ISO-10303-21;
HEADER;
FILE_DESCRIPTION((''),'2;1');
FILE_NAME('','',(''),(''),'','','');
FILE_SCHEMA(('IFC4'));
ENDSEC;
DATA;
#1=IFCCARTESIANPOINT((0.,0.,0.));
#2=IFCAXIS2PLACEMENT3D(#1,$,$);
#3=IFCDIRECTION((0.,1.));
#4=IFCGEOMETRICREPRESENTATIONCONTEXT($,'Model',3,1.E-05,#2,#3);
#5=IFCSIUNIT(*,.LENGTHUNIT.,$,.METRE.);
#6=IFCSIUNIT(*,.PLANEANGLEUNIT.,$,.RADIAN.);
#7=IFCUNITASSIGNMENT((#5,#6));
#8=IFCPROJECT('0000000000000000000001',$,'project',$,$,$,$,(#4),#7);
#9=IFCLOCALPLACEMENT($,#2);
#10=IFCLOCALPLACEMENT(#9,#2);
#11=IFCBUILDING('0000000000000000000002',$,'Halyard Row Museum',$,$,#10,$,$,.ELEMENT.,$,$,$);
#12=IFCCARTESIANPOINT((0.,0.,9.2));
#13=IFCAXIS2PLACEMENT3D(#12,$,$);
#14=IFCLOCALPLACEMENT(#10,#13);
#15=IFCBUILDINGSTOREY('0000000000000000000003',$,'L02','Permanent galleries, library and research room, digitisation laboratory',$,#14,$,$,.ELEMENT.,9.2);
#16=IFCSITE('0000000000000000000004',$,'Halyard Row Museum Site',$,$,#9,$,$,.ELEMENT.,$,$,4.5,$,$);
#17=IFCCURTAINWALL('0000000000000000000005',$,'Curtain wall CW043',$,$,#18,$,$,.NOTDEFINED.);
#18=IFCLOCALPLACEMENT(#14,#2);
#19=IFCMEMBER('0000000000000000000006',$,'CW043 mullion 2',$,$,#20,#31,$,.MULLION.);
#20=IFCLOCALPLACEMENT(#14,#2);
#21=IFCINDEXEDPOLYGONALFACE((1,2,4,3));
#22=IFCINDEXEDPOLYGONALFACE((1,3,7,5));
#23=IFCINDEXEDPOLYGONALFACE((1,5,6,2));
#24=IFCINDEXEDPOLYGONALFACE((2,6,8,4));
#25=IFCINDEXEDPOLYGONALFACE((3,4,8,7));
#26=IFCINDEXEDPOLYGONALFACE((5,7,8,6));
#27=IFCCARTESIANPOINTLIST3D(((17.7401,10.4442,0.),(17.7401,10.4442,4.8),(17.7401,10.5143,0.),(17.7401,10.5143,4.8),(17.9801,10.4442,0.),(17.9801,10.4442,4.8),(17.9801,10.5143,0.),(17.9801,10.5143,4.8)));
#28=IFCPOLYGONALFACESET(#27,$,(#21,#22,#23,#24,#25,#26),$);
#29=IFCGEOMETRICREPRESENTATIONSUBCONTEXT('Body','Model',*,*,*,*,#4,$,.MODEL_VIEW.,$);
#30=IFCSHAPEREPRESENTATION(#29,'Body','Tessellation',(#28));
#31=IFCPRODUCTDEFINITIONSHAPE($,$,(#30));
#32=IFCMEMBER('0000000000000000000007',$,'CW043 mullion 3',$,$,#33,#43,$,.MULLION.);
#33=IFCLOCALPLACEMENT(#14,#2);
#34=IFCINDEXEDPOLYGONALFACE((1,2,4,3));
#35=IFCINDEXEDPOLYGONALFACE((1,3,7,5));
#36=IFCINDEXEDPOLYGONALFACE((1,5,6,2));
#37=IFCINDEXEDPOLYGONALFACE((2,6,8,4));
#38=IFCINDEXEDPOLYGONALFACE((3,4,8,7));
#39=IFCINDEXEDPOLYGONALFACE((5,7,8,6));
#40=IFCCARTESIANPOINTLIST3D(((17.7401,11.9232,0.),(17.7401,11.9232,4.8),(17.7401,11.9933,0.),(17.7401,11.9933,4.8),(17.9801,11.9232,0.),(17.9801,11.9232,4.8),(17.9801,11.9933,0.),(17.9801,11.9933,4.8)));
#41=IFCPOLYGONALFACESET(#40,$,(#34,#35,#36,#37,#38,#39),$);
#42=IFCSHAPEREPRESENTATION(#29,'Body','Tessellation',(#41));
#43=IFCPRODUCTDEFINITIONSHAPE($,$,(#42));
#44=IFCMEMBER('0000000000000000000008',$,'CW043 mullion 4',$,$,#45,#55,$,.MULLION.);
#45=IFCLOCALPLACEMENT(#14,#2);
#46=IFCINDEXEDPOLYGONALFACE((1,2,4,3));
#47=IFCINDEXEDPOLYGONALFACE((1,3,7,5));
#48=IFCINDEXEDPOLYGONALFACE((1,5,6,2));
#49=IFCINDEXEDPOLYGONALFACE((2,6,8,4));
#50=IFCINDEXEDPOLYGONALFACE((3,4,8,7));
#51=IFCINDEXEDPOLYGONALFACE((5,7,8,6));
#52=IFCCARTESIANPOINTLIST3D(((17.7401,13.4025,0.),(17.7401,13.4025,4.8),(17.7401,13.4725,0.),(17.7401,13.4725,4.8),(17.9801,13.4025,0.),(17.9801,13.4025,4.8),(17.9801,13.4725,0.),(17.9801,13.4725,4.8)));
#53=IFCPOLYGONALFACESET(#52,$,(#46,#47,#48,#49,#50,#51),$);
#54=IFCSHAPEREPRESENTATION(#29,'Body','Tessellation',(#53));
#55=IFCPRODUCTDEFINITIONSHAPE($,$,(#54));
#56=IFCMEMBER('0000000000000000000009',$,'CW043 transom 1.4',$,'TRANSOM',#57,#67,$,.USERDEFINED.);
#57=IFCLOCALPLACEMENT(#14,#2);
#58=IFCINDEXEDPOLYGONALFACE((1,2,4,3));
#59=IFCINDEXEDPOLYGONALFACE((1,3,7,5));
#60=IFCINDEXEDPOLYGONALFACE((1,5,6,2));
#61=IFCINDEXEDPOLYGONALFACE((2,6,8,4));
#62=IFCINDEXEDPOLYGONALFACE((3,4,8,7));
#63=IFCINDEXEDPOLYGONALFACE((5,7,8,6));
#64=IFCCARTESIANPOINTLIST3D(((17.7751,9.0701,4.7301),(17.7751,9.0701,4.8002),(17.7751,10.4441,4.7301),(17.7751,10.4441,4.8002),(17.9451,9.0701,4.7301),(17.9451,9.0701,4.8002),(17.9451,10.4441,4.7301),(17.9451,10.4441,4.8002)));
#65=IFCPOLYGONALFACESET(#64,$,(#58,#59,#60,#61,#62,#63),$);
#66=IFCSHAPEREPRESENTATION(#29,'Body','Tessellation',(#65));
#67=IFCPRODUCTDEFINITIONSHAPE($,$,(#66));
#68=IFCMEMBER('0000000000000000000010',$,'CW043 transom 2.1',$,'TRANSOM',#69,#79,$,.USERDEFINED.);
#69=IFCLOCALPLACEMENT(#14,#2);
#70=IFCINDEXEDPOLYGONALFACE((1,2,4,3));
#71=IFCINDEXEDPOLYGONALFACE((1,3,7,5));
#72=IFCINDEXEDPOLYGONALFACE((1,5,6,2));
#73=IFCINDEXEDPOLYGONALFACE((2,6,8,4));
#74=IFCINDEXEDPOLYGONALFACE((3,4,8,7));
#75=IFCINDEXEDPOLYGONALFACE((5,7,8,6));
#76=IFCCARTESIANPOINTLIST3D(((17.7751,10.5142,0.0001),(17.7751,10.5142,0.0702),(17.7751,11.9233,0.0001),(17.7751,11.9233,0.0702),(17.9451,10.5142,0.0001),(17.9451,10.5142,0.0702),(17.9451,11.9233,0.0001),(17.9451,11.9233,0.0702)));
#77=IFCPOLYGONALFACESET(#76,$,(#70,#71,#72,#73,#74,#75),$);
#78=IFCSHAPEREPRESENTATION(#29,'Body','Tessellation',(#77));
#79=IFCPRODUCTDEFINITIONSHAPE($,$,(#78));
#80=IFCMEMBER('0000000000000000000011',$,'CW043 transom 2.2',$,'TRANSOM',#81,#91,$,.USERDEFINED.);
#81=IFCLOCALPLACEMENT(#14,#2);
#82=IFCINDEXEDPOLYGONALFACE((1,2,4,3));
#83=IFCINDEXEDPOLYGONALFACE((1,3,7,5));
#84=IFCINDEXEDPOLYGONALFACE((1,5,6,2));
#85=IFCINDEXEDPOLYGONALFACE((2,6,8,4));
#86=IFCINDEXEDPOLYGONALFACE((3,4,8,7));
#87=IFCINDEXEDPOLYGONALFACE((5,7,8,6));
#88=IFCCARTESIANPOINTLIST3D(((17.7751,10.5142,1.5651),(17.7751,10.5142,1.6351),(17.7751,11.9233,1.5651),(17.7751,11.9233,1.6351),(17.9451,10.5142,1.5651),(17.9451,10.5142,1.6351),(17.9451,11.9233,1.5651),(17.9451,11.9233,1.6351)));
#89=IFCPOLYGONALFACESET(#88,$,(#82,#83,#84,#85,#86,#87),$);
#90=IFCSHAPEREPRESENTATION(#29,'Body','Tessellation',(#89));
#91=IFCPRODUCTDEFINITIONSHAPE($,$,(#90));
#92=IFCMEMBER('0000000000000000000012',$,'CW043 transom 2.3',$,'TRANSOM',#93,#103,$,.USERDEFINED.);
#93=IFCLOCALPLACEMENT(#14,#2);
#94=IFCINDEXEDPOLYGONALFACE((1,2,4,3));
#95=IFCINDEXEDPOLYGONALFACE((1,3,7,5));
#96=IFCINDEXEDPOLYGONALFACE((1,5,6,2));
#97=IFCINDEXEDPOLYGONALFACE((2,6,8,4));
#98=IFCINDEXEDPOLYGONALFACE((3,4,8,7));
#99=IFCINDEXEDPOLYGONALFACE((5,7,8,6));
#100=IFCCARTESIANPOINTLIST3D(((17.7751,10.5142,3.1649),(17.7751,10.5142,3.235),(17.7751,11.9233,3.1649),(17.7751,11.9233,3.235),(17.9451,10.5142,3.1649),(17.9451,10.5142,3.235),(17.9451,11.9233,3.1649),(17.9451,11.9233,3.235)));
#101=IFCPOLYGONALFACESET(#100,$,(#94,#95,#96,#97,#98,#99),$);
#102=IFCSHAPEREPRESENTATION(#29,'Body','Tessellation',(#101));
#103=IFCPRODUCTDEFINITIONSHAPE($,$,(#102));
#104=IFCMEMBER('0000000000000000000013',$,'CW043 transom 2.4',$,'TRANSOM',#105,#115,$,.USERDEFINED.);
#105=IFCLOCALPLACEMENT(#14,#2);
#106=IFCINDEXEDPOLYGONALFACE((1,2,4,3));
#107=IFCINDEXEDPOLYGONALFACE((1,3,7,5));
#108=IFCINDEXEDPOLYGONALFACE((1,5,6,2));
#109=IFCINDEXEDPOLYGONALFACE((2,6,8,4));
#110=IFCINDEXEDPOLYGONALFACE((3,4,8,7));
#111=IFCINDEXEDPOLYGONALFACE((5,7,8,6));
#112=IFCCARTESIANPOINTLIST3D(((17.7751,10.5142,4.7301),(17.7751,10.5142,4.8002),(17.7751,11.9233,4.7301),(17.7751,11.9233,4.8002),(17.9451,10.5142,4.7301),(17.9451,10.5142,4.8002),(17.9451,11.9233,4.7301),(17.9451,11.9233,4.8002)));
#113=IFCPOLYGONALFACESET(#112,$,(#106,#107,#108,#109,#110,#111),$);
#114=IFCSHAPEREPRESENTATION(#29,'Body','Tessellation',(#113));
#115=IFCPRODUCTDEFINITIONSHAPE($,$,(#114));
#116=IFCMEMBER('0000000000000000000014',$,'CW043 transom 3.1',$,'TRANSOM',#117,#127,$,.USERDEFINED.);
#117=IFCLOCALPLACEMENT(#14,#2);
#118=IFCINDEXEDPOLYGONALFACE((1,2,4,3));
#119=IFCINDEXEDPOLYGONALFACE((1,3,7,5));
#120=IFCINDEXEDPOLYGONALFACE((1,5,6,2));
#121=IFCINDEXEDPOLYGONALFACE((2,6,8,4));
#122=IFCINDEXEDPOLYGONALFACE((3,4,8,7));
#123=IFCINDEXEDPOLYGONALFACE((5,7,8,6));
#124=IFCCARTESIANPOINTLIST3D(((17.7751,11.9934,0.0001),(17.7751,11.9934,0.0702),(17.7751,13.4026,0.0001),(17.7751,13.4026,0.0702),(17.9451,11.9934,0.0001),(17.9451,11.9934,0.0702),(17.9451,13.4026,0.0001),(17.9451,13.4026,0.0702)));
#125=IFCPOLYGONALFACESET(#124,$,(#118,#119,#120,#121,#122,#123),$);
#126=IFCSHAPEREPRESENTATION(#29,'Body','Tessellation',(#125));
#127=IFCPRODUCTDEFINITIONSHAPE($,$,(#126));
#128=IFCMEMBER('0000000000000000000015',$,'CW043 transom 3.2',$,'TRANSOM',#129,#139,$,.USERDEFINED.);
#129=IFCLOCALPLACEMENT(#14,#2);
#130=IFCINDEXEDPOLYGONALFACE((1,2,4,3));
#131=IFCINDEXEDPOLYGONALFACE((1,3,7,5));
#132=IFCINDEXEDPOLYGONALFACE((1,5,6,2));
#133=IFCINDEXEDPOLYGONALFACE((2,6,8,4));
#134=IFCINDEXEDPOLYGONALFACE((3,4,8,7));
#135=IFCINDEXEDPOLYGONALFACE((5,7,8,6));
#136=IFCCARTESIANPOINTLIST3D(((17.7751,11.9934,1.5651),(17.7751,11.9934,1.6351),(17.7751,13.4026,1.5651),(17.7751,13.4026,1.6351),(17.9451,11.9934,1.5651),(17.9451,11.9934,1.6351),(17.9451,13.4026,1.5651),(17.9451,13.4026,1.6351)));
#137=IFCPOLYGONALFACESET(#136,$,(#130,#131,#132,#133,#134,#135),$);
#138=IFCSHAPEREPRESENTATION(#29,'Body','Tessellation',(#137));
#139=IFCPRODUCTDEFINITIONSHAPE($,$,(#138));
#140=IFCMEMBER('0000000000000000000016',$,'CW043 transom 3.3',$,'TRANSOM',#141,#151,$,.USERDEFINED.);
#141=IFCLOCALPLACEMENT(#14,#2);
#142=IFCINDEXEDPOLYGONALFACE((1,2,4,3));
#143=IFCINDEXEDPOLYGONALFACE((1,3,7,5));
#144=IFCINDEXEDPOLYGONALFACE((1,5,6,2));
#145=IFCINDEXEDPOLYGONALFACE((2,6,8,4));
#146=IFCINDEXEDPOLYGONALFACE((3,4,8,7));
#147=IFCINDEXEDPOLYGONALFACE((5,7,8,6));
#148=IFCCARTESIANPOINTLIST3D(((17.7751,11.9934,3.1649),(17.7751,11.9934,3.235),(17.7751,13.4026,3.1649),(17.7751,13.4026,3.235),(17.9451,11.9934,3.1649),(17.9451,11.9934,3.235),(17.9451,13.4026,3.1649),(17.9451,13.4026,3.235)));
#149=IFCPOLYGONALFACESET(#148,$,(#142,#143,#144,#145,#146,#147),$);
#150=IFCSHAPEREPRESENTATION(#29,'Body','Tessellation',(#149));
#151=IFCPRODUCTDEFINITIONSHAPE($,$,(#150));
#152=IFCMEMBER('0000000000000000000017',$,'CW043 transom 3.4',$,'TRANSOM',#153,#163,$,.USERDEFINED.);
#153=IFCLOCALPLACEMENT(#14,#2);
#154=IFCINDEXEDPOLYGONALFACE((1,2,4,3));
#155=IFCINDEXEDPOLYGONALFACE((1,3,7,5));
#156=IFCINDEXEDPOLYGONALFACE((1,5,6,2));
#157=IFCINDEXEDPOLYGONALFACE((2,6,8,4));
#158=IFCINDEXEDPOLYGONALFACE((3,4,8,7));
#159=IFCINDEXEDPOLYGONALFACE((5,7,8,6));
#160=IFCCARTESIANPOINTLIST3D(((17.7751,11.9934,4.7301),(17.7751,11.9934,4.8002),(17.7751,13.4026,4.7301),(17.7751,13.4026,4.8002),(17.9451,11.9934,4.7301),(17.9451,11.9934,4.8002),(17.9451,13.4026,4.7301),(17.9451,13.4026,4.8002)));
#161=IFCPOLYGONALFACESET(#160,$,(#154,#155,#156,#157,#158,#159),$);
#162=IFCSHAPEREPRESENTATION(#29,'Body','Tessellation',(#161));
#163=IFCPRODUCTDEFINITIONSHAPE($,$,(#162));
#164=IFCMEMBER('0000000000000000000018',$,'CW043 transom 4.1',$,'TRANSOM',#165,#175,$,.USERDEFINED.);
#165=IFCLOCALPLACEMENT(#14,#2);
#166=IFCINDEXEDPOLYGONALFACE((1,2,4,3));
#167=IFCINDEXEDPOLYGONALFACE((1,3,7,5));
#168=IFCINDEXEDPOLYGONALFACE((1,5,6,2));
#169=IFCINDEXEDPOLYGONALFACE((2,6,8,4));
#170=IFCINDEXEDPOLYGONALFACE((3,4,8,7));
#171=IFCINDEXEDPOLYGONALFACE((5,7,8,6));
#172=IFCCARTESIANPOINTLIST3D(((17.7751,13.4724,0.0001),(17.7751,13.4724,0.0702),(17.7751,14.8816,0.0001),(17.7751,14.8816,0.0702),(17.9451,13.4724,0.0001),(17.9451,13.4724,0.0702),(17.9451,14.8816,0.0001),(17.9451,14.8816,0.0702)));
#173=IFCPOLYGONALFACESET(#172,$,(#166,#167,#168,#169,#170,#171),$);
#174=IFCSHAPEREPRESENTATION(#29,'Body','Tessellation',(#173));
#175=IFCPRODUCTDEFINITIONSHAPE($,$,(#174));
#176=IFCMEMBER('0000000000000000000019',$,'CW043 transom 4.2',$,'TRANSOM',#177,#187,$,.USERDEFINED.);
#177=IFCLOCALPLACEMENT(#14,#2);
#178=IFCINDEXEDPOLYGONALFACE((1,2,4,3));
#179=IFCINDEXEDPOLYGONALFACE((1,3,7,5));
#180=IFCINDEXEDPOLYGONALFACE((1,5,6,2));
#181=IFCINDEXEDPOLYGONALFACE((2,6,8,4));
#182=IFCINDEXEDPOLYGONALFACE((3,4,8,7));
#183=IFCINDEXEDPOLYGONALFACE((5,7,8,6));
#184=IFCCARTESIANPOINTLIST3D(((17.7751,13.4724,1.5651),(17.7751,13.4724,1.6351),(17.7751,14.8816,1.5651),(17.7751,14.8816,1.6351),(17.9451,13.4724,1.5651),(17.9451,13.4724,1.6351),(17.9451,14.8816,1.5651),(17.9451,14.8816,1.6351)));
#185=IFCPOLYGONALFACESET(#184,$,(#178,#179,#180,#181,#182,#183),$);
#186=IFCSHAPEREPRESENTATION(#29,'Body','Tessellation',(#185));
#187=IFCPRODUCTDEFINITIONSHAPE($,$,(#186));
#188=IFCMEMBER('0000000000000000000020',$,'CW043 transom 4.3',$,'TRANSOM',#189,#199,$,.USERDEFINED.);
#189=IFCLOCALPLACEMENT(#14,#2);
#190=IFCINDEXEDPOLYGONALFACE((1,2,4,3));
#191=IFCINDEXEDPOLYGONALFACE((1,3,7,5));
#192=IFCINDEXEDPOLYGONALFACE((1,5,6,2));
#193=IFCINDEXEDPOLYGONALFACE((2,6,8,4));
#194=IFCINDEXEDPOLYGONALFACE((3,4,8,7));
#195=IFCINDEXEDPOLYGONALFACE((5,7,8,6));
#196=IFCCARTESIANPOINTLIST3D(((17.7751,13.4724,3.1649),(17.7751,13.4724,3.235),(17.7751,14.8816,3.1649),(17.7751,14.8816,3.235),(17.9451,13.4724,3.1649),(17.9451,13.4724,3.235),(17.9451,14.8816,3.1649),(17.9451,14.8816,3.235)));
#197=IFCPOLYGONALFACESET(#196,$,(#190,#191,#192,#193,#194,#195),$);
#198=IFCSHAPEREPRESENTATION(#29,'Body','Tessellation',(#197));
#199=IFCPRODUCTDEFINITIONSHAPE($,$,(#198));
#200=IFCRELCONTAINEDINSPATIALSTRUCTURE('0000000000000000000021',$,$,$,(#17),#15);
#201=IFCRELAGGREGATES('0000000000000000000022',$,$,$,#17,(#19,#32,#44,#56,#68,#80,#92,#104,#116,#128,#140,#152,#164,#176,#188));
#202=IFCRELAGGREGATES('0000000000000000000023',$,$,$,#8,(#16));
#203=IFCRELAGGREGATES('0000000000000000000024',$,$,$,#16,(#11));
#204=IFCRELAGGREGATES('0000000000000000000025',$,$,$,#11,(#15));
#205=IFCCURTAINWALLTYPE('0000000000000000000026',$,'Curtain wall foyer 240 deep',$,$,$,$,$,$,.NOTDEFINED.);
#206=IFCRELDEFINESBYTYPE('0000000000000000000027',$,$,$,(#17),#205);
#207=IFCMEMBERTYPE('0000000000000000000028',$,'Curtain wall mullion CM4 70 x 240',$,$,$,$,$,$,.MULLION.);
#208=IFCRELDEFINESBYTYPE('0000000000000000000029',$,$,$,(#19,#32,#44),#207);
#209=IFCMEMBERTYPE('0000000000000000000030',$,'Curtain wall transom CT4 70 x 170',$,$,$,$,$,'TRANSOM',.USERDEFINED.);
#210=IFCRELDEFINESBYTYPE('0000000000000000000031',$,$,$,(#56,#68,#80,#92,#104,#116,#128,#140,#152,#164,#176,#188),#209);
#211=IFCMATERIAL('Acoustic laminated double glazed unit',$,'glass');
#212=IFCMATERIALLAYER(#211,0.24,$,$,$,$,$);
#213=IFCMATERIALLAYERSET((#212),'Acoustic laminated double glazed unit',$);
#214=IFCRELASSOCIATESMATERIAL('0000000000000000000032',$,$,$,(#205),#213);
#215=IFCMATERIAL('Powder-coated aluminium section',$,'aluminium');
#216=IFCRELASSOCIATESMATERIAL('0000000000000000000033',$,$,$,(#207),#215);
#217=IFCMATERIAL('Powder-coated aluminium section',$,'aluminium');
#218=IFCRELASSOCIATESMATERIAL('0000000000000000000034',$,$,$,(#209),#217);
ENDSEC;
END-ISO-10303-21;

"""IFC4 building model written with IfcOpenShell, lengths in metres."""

from ifc_helpers import new_model, si_unit, direction, frame, origin, origin_2d, place, context, subcontext, project, spatial, rectangle, extrude, material, layer, layer_set, material_profile, profile_set, type_object, element, aggregate, save


model = new_model("IFC4")

# Units and contexts
model_context = context("Model", 3, precision=1e-05, world=origin(), true_north=direction((0.0, 1.0)))
body_context = subcontext(model_context, "Body", "Model", "MODEL_VIEW")
ifc_project = project(units=[si_unit("LENGTHUNIT", "METRE"), si_unit("PLANEANGLEUNIT", "RADIAN")], contexts=[model_context])

# Site, building, storey
site_placement = place(None, origin())
site = spatial("IfcSite", under=ifc_project, at=site_placement, Name="Halyard Row Museum Site", CompositionType="ELEMENT", RefElevation=4.5)
building_placement = place(site_placement, origin())
building = spatial("IfcBuilding", under=site, at=building_placement, Name="Halyard Row Museum", CompositionType="ELEMENT")
storey_placement = place(building_placement, frame((0.0, 0.0, 9.2)))
storey = spatial("IfcBuildingStorey", under=building, at=storey_placement, Name="L02", Description="Permanent galleries, library and research room, digitisation laboratory", CompositionType="ELEMENT", Elevation=9.2)

# Curtain wall, members
ifc_material_1 = material(Name="Acoustic laminated double glazed unit", Category="glass")
ifc_layer_1 = layer(ifc_material_1, 0.24)
ifc_layer_set_1 = layer_set([ifc_layer_1], Name="Acoustic laminated double glazed unit")
curtain_wall_type = type_object("IfcCurtainWallType", Name="Curtain wall foyer 240 deep", PredefinedType="NOTDEFINED", material=ifc_layer_set_1)
curtain_wall_placement = place(storey_placement, origin())
curtain_wall = element("IfcCurtainWall", 1, at=curtain_wall_placement, inside=storey, type_object=curtain_wall_type, Name="Curtain wall CW043", PredefinedType="NOTDEFINED")
ifc_material_2 = material(Name="Powder-coated aluminium section", Category="aluminium")
ifc_material_profile_1 = material_profile(ifc_material_2, rectangle(XDim=0.24, YDim=0.0701, at=origin_2d()), Name="240x70 mullion")
ifc_profile_set_1 = profile_set([ifc_material_profile_1], Name="Powder-coated aluminium section")
member_type_1 = type_object("IfcMemberType", Name="Curtain wall mullion CM4 70 x 240", PredefinedType="MULLION", material=ifc_profile_set_1)
member_1_placement = place(storey_placement, frame((17.8601, 10.4792, 0.0), z_axis=(0.0, 0.0, 1.0), x_axis=(-1.0, 0.0, 0.0)))
member_1 = element("IfcMember", 2, at=member_1_placement, type_object=member_type_1, Name="CW043 mullion 2", PredefinedType="MULLION", context=body_context, shape_type="SweptSolid", body=[
    extrude(rectangle(XDim=0.24, YDim=0.0701, at=origin_2d()), origin(), (0.0, 0.0, 1.0), 4.8),
])
member_2_placement = place(storey_placement, frame((17.8601, 11.9583, 0.0), z_axis=(0.0, 0.0, 1.0), x_axis=(-1.0, 0.0, 0.0)))
member_2 = element("IfcMember", 3, at=member_2_placement, type_object=member_type_1, Name="CW043 mullion 3", PredefinedType="MULLION", context=body_context, shape_type="SweptSolid", body=[
    extrude(rectangle(XDim=0.24, YDim=0.0701, at=origin_2d()), origin(), (0.0, 0.0, 1.0), 4.8),
])
member_3_placement = place(storey_placement, frame((17.8601, 13.4375, 0.0), z_axis=(0.0, 0.0, 1.0), x_axis=(-1.0, 0.0, 0.0)))
member_3 = element("IfcMember", 4, at=member_3_placement, type_object=member_type_1, Name="CW043 mullion 4", PredefinedType="MULLION", context=body_context, shape_type="SweptSolid", body=[
    extrude(rectangle(XDim=0.24, YDim=0.0701, at=origin_2d()), origin(), (0.0, 0.0, 1.0), 4.8),
])
ifc_material_3 = material(Name="Powder-coated aluminium section", Category="aluminium")
ifc_material_profile_2 = material_profile(ifc_material_3, rectangle(XDim=0.1699, YDim=0.0701, at=origin_2d()), Name="170x70 transom")
ifc_profile_set_2 = profile_set([ifc_material_profile_2], Name="Powder-coated aluminium section")
member_type_2 = type_object("IfcMemberType", Name="Curtain wall transom CT4 70 x 170", ElementType="TRANSOM", PredefinedType="USERDEFINED", material=ifc_profile_set_2)
member_4_placement = place(storey_placement, frame((17.8601, 9.0701, 4.7651), z_axis=(0.0, 1.0, 0.0), x_axis=(-1.0, 0.0, 0.0)))
member_4 = element("IfcMember", 5, at=member_4_placement, type_object=member_type_2, Name="CW043 transom 1.4", ObjectType="TRANSOM", PredefinedType="USERDEFINED", context=body_context, shape_type="SweptSolid", body=[
    extrude(rectangle(XDim=0.1699, YDim=0.0701, at=origin_2d()), origin(), (0.0, 0.0, 1.0), 1.374),
])
member_5_placement = place(storey_placement, frame((17.8601, 10.5142, 0.0352), z_axis=(0.0, 1.0, 0.0), x_axis=(-1.0, 0.0, 0.0)))
member_5 = element("IfcMember", 6, at=member_5_placement, type_object=member_type_2, Name="CW043 transom 2.1", ObjectType="TRANSOM", PredefinedType="USERDEFINED", context=body_context, shape_type="SweptSolid", body=[
    extrude(rectangle(XDim=0.1699, YDim=0.0701, at=origin_2d()), origin(), (0.0, 0.0, 1.0), 1.4092),
])
member_6_placement = place(storey_placement, frame((17.8601, 10.5142, 1.6001), z_axis=(0.0, 1.0, 0.0), x_axis=(-1.0, 0.0, 0.0)))
member_6 = element("IfcMember", 7, at=member_6_placement, type_object=member_type_2, Name="CW043 transom 2.2", ObjectType="TRANSOM", PredefinedType="USERDEFINED", context=body_context, shape_type="SweptSolid", body=[
    extrude(rectangle(XDim=0.1699, YDim=0.0701, at=origin_2d()), origin(), (0.0, 0.0, 1.0), 1.4092),
])
member_7_placement = place(storey_placement, frame((17.8601, 10.5142, 3.2), z_axis=(0.0, 1.0, 0.0), x_axis=(-1.0, 0.0, 0.0)))
member_7 = element("IfcMember", 8, at=member_7_placement, type_object=member_type_2, Name="CW043 transom 2.3", ObjectType="TRANSOM", PredefinedType="USERDEFINED", context=body_context, shape_type="SweptSolid", body=[
    extrude(rectangle(XDim=0.1699, YDim=0.0701, at=origin_2d()), origin(), (0.0, 0.0, 1.0), 1.4092),
])
member_8_placement = place(storey_placement, frame((17.8601, 10.5142, 4.7651), z_axis=(0.0, 1.0, 0.0), x_axis=(-1.0, 0.0, 0.0)))
member_8 = element("IfcMember", 9, at=member_8_placement, type_object=member_type_2, Name="CW043 transom 2.4", ObjectType="TRANSOM", PredefinedType="USERDEFINED", context=body_context, shape_type="SweptSolid", body=[
    extrude(rectangle(XDim=0.1699, YDim=0.0701, at=origin_2d()), origin(), (0.0, 0.0, 1.0), 1.4092),
])
member_9_placement = place(storey_placement, frame((17.8601, 11.9934, 0.0352), z_axis=(0.0, 1.0, 0.0), x_axis=(-1.0, 0.0, 0.0)))
member_9 = element("IfcMember", 10, at=member_9_placement, type_object=member_type_2, Name="CW043 transom 3.1", ObjectType="TRANSOM", PredefinedType="USERDEFINED", context=body_context, shape_type="SweptSolid", body=[
    extrude(rectangle(XDim=0.1699, YDim=0.0701, at=origin_2d()), origin(), (0.0, 0.0, 1.0), 1.4092),
])
member_10_placement = place(storey_placement, frame((17.8601, 11.9934, 1.6001), z_axis=(0.0, 1.0, 0.0), x_axis=(-1.0, 0.0, 0.0)))
member_10 = element("IfcMember", 11, at=member_10_placement, type_object=member_type_2, Name="CW043 transom 3.2", ObjectType="TRANSOM", PredefinedType="USERDEFINED", context=body_context, shape_type="SweptSolid", body=[
    extrude(rectangle(XDim=0.1699, YDim=0.0701, at=origin_2d()), origin(), (0.0, 0.0, 1.0), 1.4092),
])
member_11_placement = place(storey_placement, frame((17.8601, 11.9934, 3.2), z_axis=(0.0, 1.0, 0.0), x_axis=(-1.0, 0.0, 0.0)))
member_11 = element("IfcMember", 12, at=member_11_placement, type_object=member_type_2, Name="CW043 transom 3.3", ObjectType="TRANSOM", PredefinedType="USERDEFINED", context=body_context, shape_type="SweptSolid", body=[
    extrude(rectangle(XDim=0.1699, YDim=0.0701, at=origin_2d()), origin(), (0.0, 0.0, 1.0), 1.4092),
])
member_12_placement = place(storey_placement, frame((17.8601, 11.9934, 4.7651), z_axis=(0.0, 1.0, 0.0), x_axis=(-1.0, 0.0, 0.0)))
member_12 = element("IfcMember", 13, at=member_12_placement, type_object=member_type_2, Name="CW043 transom 3.4", ObjectType="TRANSOM", PredefinedType="USERDEFINED", context=body_context, shape_type="SweptSolid", body=[
    extrude(rectangle(XDim=0.1699, YDim=0.0701, at=origin_2d()), origin(), (0.0, 0.0, 1.0), 1.4092),
])
member_13_placement = place(storey_placement, frame((17.8601, 13.4724, 0.0352), z_axis=(0.0, 1.0, 0.0), x_axis=(-1.0, 0.0, 0.0)))
member_13 = element("IfcMember", 14, at=member_13_placement, type_object=member_type_2, Name="CW043 transom 4.1", ObjectType="TRANSOM", PredefinedType="USERDEFINED", context=body_context, shape_type="SweptSolid", body=[
    extrude(rectangle(XDim=0.1699, YDim=0.0701, at=origin_2d()), origin(), (0.0, 0.0, 1.0), 1.4092),
])
member_14_placement = place(storey_placement, frame((17.8601, 13.4724, 1.6001), z_axis=(0.0, 1.0, 0.0), x_axis=(-1.0, 0.0, 0.0)))
member_14 = element("IfcMember", 15, at=member_14_placement, type_object=member_type_2, Name="CW043 transom 4.2", ObjectType="TRANSOM", PredefinedType="USERDEFINED", context=body_context, shape_type="SweptSolid", body=[
    extrude(rectangle(XDim=0.1699, YDim=0.0701, at=origin_2d()), origin(), (0.0, 0.0, 1.0), 1.4092),
])
member_15_placement = place(storey_placement, frame((17.8601, 13.4724, 3.2), z_axis=(0.0, 1.0, 0.0), x_axis=(-1.0, 0.0, 0.0)))
member_15 = element("IfcMember", 16, at=member_15_placement, type_object=member_type_2, Name="CW043 transom 4.3", ObjectType="TRANSOM", PredefinedType="USERDEFINED", context=body_context, shape_type="SweptSolid", body=[
    extrude(rectangle(XDim=0.1699, YDim=0.0701, at=origin_2d()), origin(), (0.0, 0.0, 1.0), 1.4092),
])

aggregate(curtain_wall, [member_1, member_2, member_3, member_4, member_5, member_6, member_7, member_8, member_9, member_10, member_11, member_12, member_13, member_14, member_15])

save(model, "model.ifc")
